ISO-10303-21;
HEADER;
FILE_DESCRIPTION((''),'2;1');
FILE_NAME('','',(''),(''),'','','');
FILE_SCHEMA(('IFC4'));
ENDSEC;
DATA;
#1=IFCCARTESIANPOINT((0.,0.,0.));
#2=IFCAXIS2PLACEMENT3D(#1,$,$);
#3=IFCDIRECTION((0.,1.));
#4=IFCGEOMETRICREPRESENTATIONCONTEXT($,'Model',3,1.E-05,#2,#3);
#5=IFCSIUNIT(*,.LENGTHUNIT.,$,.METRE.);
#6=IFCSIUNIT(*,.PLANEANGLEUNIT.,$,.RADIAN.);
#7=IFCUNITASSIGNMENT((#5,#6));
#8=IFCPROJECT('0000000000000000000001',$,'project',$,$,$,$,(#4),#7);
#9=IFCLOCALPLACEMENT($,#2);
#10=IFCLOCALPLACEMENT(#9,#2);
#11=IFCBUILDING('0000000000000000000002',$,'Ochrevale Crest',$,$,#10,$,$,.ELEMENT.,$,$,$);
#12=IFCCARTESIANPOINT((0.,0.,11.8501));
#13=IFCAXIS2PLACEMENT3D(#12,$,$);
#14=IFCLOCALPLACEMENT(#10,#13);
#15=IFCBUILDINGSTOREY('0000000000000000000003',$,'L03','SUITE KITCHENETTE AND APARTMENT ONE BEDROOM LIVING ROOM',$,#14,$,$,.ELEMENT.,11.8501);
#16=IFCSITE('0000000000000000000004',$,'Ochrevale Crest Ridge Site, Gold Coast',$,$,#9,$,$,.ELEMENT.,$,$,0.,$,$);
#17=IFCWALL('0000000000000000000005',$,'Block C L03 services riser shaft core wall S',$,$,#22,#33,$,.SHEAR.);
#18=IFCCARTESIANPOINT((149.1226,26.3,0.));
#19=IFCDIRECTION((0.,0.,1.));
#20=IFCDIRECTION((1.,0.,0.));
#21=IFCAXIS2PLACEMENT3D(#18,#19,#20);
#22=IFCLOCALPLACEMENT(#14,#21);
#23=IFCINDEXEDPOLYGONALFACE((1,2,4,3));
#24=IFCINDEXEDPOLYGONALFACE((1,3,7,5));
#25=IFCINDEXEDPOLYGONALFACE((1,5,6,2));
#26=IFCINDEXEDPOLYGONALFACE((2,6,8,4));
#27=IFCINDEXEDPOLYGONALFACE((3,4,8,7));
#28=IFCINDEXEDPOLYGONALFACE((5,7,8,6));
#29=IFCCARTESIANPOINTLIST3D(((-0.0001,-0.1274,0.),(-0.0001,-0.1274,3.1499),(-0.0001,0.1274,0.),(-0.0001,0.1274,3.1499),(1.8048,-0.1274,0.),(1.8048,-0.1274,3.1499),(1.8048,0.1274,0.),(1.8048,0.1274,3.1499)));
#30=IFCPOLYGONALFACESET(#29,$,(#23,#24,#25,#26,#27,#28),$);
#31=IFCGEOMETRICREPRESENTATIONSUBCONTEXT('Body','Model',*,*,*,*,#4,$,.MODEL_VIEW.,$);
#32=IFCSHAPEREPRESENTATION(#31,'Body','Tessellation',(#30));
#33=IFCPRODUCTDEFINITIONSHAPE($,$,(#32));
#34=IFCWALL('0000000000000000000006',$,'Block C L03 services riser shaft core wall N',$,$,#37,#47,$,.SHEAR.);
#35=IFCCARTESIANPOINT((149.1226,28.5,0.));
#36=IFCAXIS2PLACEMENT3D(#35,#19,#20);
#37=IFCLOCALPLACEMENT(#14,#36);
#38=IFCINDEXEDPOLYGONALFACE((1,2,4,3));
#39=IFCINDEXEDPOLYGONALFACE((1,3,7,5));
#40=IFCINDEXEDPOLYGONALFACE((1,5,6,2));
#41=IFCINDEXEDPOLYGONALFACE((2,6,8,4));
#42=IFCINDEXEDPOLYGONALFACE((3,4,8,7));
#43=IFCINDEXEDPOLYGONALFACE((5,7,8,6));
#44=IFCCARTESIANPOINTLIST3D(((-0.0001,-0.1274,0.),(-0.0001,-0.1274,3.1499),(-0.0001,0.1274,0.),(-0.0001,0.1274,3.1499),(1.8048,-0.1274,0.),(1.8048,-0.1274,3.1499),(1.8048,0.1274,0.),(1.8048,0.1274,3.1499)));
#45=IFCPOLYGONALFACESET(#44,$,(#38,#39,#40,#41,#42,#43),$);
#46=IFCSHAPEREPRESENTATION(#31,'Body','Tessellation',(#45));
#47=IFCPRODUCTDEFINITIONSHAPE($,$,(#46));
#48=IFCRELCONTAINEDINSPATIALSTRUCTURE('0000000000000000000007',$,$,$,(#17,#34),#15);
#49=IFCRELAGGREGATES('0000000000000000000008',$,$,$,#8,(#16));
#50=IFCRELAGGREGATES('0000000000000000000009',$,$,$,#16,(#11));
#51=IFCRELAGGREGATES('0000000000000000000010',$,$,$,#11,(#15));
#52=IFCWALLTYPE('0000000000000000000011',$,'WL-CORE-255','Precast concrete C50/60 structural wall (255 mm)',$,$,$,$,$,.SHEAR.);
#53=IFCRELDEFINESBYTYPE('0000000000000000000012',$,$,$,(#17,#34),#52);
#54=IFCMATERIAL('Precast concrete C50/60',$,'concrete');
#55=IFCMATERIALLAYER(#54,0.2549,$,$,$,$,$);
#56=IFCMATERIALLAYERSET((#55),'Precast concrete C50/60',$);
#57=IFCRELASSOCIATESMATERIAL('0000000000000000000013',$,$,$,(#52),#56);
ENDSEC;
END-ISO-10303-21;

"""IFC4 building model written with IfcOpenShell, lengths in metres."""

from ifc_helpers import new_model, si_unit, direction, frame, frame_2d, origin, place, context, subcontext, project, spatial, rectangle, extrude, material, layer, layer_set, type_object, element, save


model = new_model("IFC4")

# Units and contexts
model_context = context("Model", 3, precision=1e-05, world=origin(), true_north=direction((0.0, 1.0)))
body_context = subcontext(model_context, "Body", "Model", "MODEL_VIEW")
ifc_project = project(units=[si_unit("LENGTHUNIT", "METRE"), si_unit("PLANEANGLEUNIT", "RADIAN")], contexts=[model_context])

# Site, building, storey
site_placement = place(None, origin())
site = spatial("IfcSite", under=ifc_project, at=site_placement, Name="Ochrevale Crest Ridge Site, Gold Coast", CompositionType="ELEMENT", RefElevation=0.0)
building_placement = place(site_placement, origin())
building = spatial("IfcBuilding", under=site, at=building_placement, Name="Ochrevale Crest", CompositionType="ELEMENT")
storey_placement = place(building_placement, frame((0.0, 0.0, 11.8501)))
storey = spatial("IfcBuildingStorey", under=building, at=storey_placement, Name="L03", Description="SUITE KITCHENETTE AND APARTMENT ONE BEDROOM LIVING ROOM", CompositionType="ELEMENT", Elevation=11.8501)

# Shared definitions
ifc_material_1 = material(Name="Precast concrete C50/60", Category="concrete")

# Shared definitions
ifc_layer_1 = layer(ifc_material_1, 0.2549)
ifc_layer_set_1 = layer_set([ifc_layer_1], Name="Precast concrete C50/60")
wall_type_1 = type_object("IfcWallType", Name="WL-CORE-255", Description="Precast concrete C50/60 structural wall (255 mm)", PredefinedType="SHEAR", material=ifc_layer_set_1)

# Walls
for number, where, z_axis, x_axis, name in (
    (1, (149.1226, 26.3, 0.0), (0.0, 0.0, 1.0), (1.0, 0.0, 0.0), "Block C L03 services riser shaft core wall S"),
    (2, (149.1226, 28.5, 0.0), (0.0, 0.0, 1.0), (1.0, 0.0, 0.0), "Block C L03 services riser shaft core wall N"),
):
    element("IfcWall", number, at=place(storey_placement, frame(where, z_axis=z_axis, x_axis=x_axis)), inside=storey, type_object=wall_type_1, Name=name, PredefinedType="SHEAR", context=body_context, shape_type="SweptSolid", body=[
        extrude(rectangle(XDim=1.8049, YDim=0.2549, at=frame_2d((0.9023, 0.0))), origin(), (0.0, 0.0, 1.0), 3.1499),
    ])

save(model, "model.ifc")
